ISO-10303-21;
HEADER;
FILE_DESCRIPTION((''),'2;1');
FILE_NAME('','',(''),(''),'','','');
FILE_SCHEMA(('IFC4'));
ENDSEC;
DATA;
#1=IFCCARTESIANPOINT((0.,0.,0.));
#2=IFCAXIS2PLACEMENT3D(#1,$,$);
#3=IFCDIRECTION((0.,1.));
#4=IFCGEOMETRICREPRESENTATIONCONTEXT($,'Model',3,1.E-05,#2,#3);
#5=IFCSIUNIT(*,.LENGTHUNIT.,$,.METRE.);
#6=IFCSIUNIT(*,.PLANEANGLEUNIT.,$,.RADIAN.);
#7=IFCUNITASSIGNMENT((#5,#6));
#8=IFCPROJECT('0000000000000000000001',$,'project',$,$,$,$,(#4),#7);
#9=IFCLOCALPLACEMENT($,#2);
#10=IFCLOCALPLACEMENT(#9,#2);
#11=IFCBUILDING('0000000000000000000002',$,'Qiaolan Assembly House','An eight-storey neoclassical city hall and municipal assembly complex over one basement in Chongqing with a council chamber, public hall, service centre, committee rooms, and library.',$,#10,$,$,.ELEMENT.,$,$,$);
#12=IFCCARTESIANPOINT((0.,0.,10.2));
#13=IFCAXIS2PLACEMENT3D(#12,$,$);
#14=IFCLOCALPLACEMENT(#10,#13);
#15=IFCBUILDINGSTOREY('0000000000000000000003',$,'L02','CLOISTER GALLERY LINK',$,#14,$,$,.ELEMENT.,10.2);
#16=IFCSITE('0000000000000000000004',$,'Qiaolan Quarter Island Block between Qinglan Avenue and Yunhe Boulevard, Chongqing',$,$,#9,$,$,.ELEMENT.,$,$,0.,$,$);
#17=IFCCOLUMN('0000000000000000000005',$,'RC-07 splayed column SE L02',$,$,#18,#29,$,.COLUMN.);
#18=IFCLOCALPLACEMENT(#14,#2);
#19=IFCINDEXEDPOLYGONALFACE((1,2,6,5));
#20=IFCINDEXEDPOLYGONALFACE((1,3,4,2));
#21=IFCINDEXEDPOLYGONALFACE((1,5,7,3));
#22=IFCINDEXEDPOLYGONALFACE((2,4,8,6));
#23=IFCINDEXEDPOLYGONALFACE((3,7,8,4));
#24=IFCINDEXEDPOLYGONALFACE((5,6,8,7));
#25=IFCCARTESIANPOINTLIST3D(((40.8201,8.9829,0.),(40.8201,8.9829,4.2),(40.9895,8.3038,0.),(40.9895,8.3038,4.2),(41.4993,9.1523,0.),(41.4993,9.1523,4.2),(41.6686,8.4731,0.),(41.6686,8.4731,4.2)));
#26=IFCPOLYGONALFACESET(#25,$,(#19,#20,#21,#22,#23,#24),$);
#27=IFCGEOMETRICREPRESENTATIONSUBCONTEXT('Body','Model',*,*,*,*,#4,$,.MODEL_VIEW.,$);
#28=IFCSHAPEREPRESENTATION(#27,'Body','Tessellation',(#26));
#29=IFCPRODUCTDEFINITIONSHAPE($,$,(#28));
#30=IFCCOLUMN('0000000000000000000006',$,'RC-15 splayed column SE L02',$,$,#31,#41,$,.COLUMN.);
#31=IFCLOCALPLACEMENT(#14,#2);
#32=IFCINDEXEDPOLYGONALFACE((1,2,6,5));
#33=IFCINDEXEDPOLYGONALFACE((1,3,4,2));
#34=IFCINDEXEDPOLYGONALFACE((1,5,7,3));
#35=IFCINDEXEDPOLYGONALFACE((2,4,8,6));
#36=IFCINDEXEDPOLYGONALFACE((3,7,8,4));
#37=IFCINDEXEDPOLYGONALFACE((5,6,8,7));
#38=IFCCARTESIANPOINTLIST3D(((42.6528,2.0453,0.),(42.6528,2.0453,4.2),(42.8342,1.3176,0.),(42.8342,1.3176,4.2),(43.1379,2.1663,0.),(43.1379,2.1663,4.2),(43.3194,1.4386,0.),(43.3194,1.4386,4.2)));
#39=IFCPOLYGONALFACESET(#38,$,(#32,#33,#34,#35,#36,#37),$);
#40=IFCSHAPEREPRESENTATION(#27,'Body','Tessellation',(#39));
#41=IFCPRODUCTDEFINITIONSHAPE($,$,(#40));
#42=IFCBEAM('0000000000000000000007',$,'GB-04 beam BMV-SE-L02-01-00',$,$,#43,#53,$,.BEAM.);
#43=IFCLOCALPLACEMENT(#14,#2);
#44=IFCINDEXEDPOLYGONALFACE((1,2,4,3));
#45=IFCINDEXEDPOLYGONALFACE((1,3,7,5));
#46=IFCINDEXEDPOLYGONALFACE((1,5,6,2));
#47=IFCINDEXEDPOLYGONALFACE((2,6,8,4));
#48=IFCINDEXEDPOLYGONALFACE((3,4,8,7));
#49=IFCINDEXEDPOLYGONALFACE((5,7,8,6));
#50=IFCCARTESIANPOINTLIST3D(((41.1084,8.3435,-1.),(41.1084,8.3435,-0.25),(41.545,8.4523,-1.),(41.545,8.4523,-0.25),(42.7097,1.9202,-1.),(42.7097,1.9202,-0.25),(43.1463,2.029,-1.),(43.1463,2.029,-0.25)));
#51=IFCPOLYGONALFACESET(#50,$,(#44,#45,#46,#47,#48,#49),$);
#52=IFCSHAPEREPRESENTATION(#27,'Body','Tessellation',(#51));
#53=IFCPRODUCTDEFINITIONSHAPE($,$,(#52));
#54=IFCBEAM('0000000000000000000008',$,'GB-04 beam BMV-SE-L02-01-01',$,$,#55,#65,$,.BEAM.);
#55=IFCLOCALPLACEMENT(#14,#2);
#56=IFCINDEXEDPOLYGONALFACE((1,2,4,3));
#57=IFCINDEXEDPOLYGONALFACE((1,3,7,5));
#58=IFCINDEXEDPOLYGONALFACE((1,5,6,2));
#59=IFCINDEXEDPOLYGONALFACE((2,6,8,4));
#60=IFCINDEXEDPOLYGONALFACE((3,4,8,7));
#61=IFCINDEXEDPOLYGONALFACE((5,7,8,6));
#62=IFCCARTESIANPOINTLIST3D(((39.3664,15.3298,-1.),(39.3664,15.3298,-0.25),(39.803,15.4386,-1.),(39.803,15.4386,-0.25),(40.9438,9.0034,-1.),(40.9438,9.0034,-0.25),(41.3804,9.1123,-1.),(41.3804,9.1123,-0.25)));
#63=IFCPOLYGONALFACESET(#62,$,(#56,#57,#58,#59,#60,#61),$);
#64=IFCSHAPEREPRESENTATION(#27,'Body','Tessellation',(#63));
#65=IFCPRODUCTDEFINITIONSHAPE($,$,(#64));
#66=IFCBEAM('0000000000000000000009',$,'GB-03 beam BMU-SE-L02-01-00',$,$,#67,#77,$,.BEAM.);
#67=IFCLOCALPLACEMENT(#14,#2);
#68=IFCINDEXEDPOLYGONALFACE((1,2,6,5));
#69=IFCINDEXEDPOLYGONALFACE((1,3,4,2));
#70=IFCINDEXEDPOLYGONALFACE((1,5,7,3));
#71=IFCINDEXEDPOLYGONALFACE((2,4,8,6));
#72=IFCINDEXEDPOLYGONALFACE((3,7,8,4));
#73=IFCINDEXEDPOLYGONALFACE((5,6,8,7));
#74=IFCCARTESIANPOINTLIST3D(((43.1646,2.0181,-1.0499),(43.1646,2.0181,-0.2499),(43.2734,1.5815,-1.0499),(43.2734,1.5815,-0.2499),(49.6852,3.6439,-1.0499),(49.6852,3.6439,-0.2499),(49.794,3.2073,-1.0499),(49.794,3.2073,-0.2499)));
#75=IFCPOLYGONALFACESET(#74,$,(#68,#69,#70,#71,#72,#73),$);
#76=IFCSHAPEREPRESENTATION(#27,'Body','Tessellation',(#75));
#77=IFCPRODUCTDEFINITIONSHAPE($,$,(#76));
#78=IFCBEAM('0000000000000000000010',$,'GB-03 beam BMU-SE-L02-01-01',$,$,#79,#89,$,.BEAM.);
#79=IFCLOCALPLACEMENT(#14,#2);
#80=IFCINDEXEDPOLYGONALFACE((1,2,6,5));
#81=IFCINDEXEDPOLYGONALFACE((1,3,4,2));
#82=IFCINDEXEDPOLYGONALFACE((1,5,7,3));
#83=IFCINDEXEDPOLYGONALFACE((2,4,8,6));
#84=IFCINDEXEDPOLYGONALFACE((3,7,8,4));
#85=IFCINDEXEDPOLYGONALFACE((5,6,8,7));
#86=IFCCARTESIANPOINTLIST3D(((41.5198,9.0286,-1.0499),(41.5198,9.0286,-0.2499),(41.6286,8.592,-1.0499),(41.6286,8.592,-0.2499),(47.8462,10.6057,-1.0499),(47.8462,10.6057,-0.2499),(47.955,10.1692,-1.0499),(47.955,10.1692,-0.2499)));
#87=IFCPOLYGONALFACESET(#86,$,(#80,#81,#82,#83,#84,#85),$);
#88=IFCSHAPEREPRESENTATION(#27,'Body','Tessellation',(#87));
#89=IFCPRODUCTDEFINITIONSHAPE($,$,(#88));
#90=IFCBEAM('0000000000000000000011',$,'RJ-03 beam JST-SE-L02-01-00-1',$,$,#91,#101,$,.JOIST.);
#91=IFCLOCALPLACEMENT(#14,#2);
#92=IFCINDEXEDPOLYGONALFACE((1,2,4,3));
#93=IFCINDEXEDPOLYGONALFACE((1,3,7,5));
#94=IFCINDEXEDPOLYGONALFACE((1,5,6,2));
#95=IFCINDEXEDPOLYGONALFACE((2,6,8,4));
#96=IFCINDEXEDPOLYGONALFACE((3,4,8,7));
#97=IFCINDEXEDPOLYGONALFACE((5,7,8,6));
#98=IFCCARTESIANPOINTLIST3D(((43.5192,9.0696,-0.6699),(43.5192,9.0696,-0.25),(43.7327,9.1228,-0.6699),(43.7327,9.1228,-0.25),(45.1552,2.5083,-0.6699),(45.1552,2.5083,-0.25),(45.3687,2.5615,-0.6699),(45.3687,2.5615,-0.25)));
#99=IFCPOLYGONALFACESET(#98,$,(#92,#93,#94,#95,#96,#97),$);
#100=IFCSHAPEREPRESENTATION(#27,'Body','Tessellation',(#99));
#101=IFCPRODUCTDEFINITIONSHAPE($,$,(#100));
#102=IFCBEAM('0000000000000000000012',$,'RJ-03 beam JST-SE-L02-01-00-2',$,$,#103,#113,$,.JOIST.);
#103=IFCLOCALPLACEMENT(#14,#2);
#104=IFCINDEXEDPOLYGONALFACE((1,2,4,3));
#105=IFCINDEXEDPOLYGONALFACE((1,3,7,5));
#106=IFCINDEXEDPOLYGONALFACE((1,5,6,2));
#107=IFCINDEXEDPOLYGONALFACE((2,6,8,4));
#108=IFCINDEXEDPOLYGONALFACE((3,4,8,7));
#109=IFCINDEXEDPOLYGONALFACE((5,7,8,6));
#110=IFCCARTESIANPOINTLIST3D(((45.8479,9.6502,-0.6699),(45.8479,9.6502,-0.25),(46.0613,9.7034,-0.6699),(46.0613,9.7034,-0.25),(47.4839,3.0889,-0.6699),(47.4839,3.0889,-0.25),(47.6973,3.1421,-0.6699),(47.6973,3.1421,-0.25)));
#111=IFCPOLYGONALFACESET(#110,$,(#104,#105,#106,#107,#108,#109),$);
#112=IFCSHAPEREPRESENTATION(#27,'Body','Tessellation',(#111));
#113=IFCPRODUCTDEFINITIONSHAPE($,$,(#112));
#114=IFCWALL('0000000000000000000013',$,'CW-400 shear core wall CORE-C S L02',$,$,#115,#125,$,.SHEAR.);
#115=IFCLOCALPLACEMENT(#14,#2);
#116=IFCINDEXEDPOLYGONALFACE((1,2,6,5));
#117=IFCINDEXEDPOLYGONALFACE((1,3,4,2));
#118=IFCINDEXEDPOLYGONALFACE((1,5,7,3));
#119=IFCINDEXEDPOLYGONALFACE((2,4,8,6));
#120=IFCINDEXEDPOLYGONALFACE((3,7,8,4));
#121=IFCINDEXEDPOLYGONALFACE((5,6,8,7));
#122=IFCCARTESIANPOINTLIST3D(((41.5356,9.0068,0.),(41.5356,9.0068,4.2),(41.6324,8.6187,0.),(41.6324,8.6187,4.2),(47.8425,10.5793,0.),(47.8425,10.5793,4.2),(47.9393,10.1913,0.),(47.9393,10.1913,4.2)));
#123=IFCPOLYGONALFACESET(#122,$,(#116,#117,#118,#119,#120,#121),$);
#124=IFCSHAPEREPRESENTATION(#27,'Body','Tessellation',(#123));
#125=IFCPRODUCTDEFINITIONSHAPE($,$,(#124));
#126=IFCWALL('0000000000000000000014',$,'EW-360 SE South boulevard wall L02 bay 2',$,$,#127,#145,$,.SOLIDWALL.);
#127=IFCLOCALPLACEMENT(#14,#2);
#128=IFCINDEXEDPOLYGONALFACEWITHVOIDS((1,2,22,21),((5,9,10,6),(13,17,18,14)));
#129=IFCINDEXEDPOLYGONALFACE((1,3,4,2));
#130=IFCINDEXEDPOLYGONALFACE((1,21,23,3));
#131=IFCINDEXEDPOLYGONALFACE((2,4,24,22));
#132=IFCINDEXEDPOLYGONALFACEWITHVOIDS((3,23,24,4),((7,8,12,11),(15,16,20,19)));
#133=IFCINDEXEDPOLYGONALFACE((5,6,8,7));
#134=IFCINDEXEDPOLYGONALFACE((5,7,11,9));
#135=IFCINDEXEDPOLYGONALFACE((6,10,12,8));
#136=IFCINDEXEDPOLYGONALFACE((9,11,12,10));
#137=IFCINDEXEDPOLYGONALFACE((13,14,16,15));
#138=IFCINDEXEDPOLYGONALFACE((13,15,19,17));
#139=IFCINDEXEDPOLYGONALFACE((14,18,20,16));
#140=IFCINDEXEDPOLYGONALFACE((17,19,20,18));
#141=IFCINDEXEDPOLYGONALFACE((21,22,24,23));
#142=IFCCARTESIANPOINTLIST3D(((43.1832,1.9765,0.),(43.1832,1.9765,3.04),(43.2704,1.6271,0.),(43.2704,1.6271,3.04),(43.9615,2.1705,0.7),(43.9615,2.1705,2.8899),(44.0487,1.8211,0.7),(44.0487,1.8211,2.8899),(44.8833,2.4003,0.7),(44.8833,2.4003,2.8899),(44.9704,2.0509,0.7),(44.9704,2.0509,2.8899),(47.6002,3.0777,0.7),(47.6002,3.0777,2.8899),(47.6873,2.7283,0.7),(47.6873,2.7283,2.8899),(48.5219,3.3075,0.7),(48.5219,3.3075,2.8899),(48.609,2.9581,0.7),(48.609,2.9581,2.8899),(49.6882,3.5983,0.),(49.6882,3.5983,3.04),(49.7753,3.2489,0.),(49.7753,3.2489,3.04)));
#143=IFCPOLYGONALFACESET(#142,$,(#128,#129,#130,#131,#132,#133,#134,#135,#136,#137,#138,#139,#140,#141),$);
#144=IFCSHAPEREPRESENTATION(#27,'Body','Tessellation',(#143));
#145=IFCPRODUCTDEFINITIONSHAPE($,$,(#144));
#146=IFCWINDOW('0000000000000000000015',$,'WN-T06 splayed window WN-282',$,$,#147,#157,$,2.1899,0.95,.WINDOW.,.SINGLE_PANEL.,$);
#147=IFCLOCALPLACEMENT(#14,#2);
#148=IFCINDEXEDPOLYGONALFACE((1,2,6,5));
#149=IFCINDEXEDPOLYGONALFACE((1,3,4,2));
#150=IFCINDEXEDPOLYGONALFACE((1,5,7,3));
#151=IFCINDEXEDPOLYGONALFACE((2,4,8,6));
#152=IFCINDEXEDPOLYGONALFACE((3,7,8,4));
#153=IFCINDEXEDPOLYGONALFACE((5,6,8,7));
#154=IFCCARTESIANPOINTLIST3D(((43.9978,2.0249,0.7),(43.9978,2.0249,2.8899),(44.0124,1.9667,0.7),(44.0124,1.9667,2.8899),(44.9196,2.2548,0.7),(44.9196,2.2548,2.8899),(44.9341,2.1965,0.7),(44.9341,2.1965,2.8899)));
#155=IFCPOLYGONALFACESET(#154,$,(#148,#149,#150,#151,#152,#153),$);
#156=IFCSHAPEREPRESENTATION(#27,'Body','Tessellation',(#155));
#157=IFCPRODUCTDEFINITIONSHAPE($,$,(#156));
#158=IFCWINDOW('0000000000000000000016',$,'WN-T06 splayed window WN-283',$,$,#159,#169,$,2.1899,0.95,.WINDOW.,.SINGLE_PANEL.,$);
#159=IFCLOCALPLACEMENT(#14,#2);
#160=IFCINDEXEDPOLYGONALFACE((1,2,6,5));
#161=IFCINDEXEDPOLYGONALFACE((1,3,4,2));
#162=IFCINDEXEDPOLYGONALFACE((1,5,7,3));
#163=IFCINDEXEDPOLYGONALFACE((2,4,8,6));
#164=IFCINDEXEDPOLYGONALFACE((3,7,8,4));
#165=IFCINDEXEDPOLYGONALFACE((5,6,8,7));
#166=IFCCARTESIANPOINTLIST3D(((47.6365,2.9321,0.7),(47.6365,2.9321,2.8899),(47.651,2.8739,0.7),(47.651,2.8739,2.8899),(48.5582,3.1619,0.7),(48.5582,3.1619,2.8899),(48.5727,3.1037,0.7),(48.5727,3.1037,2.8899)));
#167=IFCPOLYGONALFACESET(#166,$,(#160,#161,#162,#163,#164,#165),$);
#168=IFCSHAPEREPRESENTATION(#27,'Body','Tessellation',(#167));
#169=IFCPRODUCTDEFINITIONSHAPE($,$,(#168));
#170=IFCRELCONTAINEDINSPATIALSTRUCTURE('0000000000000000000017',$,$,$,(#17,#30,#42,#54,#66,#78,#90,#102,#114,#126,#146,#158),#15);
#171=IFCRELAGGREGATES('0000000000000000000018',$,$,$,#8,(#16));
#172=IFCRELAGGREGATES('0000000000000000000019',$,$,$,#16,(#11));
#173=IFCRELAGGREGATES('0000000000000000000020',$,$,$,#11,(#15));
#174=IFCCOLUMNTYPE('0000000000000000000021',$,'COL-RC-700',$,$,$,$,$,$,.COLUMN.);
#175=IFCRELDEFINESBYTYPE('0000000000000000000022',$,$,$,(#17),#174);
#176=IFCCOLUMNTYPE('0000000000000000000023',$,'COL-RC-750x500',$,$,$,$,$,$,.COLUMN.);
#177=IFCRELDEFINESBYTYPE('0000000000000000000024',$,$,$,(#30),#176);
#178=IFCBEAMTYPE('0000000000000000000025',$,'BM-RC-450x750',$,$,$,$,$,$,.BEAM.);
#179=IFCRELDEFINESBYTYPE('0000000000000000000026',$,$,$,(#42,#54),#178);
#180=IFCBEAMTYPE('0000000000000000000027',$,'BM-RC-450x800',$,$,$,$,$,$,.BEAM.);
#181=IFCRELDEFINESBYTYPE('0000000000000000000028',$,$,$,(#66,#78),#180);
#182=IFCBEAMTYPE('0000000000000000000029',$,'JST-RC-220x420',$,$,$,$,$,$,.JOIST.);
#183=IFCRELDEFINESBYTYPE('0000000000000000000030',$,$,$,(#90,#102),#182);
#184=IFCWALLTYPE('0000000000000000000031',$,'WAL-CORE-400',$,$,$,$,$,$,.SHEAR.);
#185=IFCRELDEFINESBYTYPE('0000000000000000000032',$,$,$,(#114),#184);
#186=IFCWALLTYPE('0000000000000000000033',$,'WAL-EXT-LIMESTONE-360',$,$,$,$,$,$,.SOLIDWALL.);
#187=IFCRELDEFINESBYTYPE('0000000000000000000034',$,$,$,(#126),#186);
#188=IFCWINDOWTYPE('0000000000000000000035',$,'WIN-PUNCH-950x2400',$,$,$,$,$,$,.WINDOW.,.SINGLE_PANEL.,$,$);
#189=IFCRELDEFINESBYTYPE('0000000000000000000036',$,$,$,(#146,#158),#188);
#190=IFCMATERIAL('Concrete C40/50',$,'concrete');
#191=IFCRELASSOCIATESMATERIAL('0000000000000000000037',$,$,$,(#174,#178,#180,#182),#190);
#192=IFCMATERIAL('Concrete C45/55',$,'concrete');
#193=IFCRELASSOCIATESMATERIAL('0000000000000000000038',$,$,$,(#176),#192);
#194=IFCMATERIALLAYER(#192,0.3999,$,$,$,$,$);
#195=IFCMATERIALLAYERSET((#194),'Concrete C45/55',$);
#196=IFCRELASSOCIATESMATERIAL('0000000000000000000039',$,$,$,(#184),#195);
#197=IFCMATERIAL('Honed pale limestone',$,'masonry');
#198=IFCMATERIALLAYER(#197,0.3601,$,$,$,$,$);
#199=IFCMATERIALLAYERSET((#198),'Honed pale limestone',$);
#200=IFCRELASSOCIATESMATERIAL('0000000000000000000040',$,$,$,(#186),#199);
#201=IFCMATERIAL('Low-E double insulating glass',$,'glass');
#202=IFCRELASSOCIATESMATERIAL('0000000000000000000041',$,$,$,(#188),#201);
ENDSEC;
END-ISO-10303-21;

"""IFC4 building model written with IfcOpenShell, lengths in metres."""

from ifc_helpers import new_model, si_unit, direction, frame, frame_2d, origin, origin_2d, place, context, subcontext, project, spatial, rectangle, extrude, material, layer, layer_set, material_profile, profile_set, type_object, element, fill, save


model = new_model("IFC4")

# Units and contexts
model_context = context("Model", 3, precision=1e-05, world=origin(), true_north=direction((0.0, 1.0)))
body_context = subcontext(model_context, "Body", "Model", "MODEL_VIEW")
ifc_project = project(units=[si_unit("LENGTHUNIT", "METRE"), si_unit("PLANEANGLEUNIT", "RADIAN")], contexts=[model_context])

# Site, building, storey
site_placement = place(None, origin())
site = spatial("IfcSite", under=ifc_project, at=site_placement, Name="Qiaolan Quarter Island Block between Qinglan Avenue and Yunhe Boulevard, Chongqing", CompositionType="ELEMENT", RefElevation=0.0)
building_placement = place(site_placement, origin())
building = spatial("IfcBuilding", under=site, at=building_placement, Name="Qiaolan Assembly House", Description="An eight-storey neoclassical city hall and municipal assembly complex over one basement in Chongqing with a council chamber, public hall, service centre, committee rooms, and library.", CompositionType="ELEMENT")
storey_placement = place(building_placement, frame((0.0, 0.0, 10.2)))
storey = spatial("IfcBuildingStorey", under=building, at=storey_placement, Name="L02", Description="CLOISTER GALLERY LINK", CompositionType="ELEMENT", Elevation=10.2)

# Columns
ifc_material_1 = material(Name="Concrete C40/50", Category="concrete")
ifc_material_profile_1 = material_profile(ifc_material_1, rectangle(XDim=0.7, YDim=0.7, at=origin_2d()), Name="RC 700x700")
ifc_profile_set_1 = profile_set([ifc_material_profile_1], Name="Concrete C40/50")
column_type_1 = type_object("IfcColumnType", Name="COL-RC-700", PredefinedType="COLUMN", material=ifc_profile_set_1)
column_1_placement = place(storey_placement, frame((41.2444, 8.728, 0.0), z_axis=(0.0, 0.0, 1.0), x_axis=(0.970296, 0.241922, 0.0)))
element("IfcColumn", 1, at=column_1_placement, inside=storey, type_object=column_type_1, Name="RC-07 splayed column SE L02", PredefinedType="COLUMN", context=body_context, shape_type="SweptSolid", body=[
    extrude(rectangle(XDim=0.7, YDim=0.7, at=origin_2d()), origin(), (0.0, 0.0, 1.0), 4.2),
])
ifc_material_2 = material(Name="Concrete C45/55", Category="concrete")
ifc_material_profile_2 = material_profile(ifc_material_2, rectangle(XDim=0.5, YDim=0.75, at=origin_2d()), Name="RC 750x500")
ifc_profile_set_2 = profile_set([ifc_material_profile_2], Name="Concrete C45/55")
column_type_2 = type_object("IfcColumnType", Name="COL-RC-750x500", PredefinedType="COLUMN", material=ifc_profile_set_2)
column_2_placement = place(storey_placement, frame((42.9861, 1.7419, 0.0), z_axis=(0.0, 0.0, 1.0), x_axis=(0.970296, 0.241922, 0.0)))
element("IfcColumn", 2, at=column_2_placement, inside=storey, type_object=column_type_2, Name="RC-15 splayed column SE L02", PredefinedType="COLUMN", context=body_context, shape_type="SweptSolid", body=[
    extrude(rectangle(XDim=0.5, YDim=0.75, at=origin_2d()), origin(), (0.0, 0.0, 1.0), 4.2),
])

# Beams
ifc_material_profile_3 = material_profile(ifc_material_1, rectangle(XDim=0.45, YDim=0.75, at=origin_2d()), Name="RCB 450x750")
ifc_profile_set_3 = profile_set([ifc_material_profile_3], Name="Concrete C40/50")
beam_type_1 = type_object("IfcBeamType", Name="BM-RC-450x750", PredefinedType="BEAM", material=ifc_profile_set_3)
beam_1_placement = place(storey_placement, frame((42.928, 1.9746, -0.625), z_axis=(-0.241893, 0.970303, 0.0), x_axis=(-0.970303, -0.241893, 0.0)))
element("IfcBeam", 3, at=beam_1_placement, inside=storey, type_object=beam_type_1, Name="GB-04 beam BMV-SE-L02-01-00", PredefinedType="BEAM", context=body_context, shape_type="SweptSolid", body=[
    extrude(rectangle(XDim=0.45, YDim=0.75, at=origin_2d()), origin(), (0.0, 0.0, 1.0), 6.6199),
])
beam_2_placement = place(storey_placement, frame((41.1621, 9.0579, -0.625), z_axis=(-0.241928, 0.970294, 0.0), x_axis=(-0.970294, -0.241928, 0.0)))
element("IfcBeam", 4, at=beam_2_placement, inside=storey, type_object=beam_type_1, Name="GB-04 beam BMV-SE-L02-01-01", PredefinedType="BEAM", context=body_context, shape_type="SweptSolid", body=[
    extrude(rectangle(XDim=0.45, YDim=0.75, at=origin_2d()), origin(), (0.0, 0.0, 1.0), 6.52),
])
ifc_material_profile_4 = material_profile(ifc_material_1, rectangle(XDim=0.45, YDim=0.8, at=origin_2d()), Name="RCB 450x800")
ifc_profile_set_4 = profile_set([ifc_material_profile_4], Name="Concrete C40/50")
beam_type_2 = type_object("IfcBeamType", Name="BM-RC-450x800", PredefinedType="BEAM", material=ifc_profile_set_4)
beam_3_placement = place(storey_placement, frame((43.219, 1.7998, -0.6499), z_axis=(0.970296, 0.24192, 0.0), x_axis=(-0.24192, 0.970296, 0.0)))
element("IfcBeam", 5, at=beam_3_placement, inside=storey, type_object=beam_type_2, Name="GB-03 beam BMU-SE-L02-01-00", PredefinedType="BEAM", context=body_context, shape_type="SweptSolid", body=[
    extrude(rectangle(XDim=0.45, YDim=0.8, at=origin_2d()), origin(), (0.0, 0.0, 1.0), 6.7202),
])
beam_4_placement = place(storey_placement, frame((41.5742, 8.8103, -0.6499), z_axis=(0.970303, 0.241892, 0.0), x_axis=(-0.241892, 0.970303, 0.0)))
element("IfcBeam", 6, at=beam_4_placement, inside=storey, type_object=beam_type_2, Name="GB-03 beam BMU-SE-L02-01-01", PredefinedType="BEAM", context=body_context, shape_type="SweptSolid", body=[
    extrude(rectangle(XDim=0.45, YDim=0.8, at=origin_2d()), origin(), (0.0, 0.0, 1.0), 6.52),
])
ifc_material_profile_5 = material_profile(ifc_material_1, rectangle(XDim=0.22, YDim=0.4199, at=origin_2d()), Name="RCB 220x420")
ifc_profile_set_5 = profile_set([ifc_material_profile_5], Name="Concrete C40/50")
beam_type_3 = type_object("IfcBeamType", Name="JST-RC-220x420", PredefinedType="JOIST", material=ifc_profile_set_5)
for number, where, z_axis, x_axis, name in (
    (7, (45.262, 2.5349, -0.46), (-0.241932, 0.970293, 0.0), (-0.970293, -0.241932, 0.0), "RJ-03 beam JST-SE-L02-01-00-1"),
    (8, (47.5906, 3.1155, -0.46), (-0.241932, 0.970293, 0.0), (-0.970293, -0.241932, 0.0), "RJ-03 beam JST-SE-L02-01-00-2"),
):
    element("IfcBeam", number, at=place(storey_placement, frame(where, z_axis=z_axis, x_axis=x_axis)), inside=storey, type_object=beam_type_3, Name=name, PredefinedType="JOIST", context=body_context, shape_type="SweptSolid", body=[
        extrude(rectangle(XDim=0.22, YDim=0.4199, at=origin_2d()), origin(), (0.0, 0.0, 1.0), 6.7622),
    ])

# Wall
ifc_layer_1 = layer(ifc_material_2, 0.3999)
ifc_layer_set_1 = layer_set([ifc_layer_1], Name="Concrete C45/55")
wall_type_1 = type_object("IfcWallType", Name="WAL-CORE-400", PredefinedType="SHEAR", material=ifc_layer_set_1)
wall_1_placement = place(storey_placement, frame((41.584, 8.8127, 0.0), z_axis=(0.0, 0.0, 1.0), x_axis=(0.970295, 0.241926, 0.0)))
element("IfcWall", 9, at=wall_1_placement, inside=storey, type_object=wall_type_1, Name="CW-400 shear core wall CORE-C S L02", PredefinedType="SHEAR", context=body_context, shape_type="SweptSolid", body=[
    extrude(rectangle(XDim=6.5, YDim=0.3999, at=frame_2d((3.25, 0.0))), origin(), (0.0, 0.0, 1.0), 4.2),
])

# Wall, openings, windows
ifc_material_3 = material(Name="Honed pale limestone", Category="masonry")
ifc_layer_2 = layer(ifc_material_3, 0.3601)
ifc_layer_set_2 = layer_set([ifc_layer_2], Name="Honed pale limestone")
wall_type_2 = type_object("IfcWallType", Name="WAL-EXT-LIMESTONE-360", PredefinedType="SOLIDWALL", material=ifc_layer_set_2)
wall_2_placement = place(storey_placement, frame((43.2268, 1.8018, 0.0), z_axis=(0.0, 0.0, 1.0), x_axis=(0.970297, 0.241919, 0.0)))
wall_2 = element("IfcWall", 10, at=wall_2_placement, inside=storey, type_object=wall_type_2, Name="EW-360 SE South boulevard wall L02 bay 2", PredefinedType="SOLIDWALL", context=body_context, shape_type="SweptSolid", body=[
    extrude(rectangle(XDim=6.7041, YDim=0.3601, at=frame_2d((3.3521, 0.0))), origin(), (0.0, 0.0, 1.0), 3.04),
])
opening_1_placement = place(wall_2_placement, frame((0.802, 0.0, 0.7)))
opening_1 = element("IfcOpeningElement", 11, at=opening_1_placement, cuts=wall_2, PredefinedType="OPENING", context=body_context, shape_type="SweptSolid", body=[
    extrude(rectangle(XDim=0.95, YDim=2.1899, at=frame_2d((0.4751, 1.095))), frame((0.0, 0.1899, 0.0), z_axis=(0.0, -1.0, 0.0), x_axis=(1.0, 0.0, 0.0)), (0.0, 0.0, 1.0), 0.3801),
])
opening_2_placement = place(wall_2_placement, frame((4.552, 0.0, 0.7)))
opening_2 = element("IfcOpeningElement", 12, at=opening_2_placement, cuts=wall_2, PredefinedType="OPENING", context=body_context, shape_type="SweptSolid", body=[
    extrude(rectangle(XDim=0.95, YDim=2.1899, at=frame_2d((0.4751, 1.095))), frame((0.0, 0.1899, 0.0), z_axis=(0.0, -1.0, 0.0), x_axis=(1.0, 0.0, 0.0)), (0.0, 0.0, 1.0), 0.3801),
])
ifc_material_4 = material(Name="Low-E double insulating glass", Category="glass")
window_type = type_object("IfcWindowType", Name="WIN-PUNCH-950x2400", PartitioningType="SINGLE_PANEL", PredefinedType="WINDOW", material=ifc_material_4)
window_1_placement = place(opening_1_placement, origin())
window_1 = element("IfcWindow", 13, at=window_1_placement, inside=storey, type_object=window_type, Name="WN-T06 splayed window WN-282", OverallHeight=2.1899, OverallWidth=0.95, PartitioningType="SINGLE_PANEL", PredefinedType="WINDOW", context=body_context, shape_type="SweptSolid", body=[
    extrude(rectangle(XDim=0.95, YDim=2.1899, at=frame_2d((0.4751, 1.095))), frame((0.0, 0.03, 0.0), z_axis=(0.0, -1.0, 0.0), x_axis=(1.0, 0.0, 0.0)), (0.0, 0.0, 1.0), 0.0601),
])
fill(opening_1, window_1)
window_2_placement = place(opening_2_placement, origin())
window_2 = element("IfcWindow", 14, at=window_2_placement, inside=storey, type_object=window_type, Name="WN-T06 splayed window WN-283", OverallHeight=2.1899, OverallWidth=0.95, PartitioningType="SINGLE_PANEL", PredefinedType="WINDOW", context=body_context, shape_type="SweptSolid", body=[
    extrude(rectangle(XDim=0.95, YDim=2.1899, at=frame_2d((0.4751, 1.095))), frame((0.0, 0.03, 0.0), z_axis=(0.0, -1.0, 0.0), x_axis=(1.0, 0.0, 0.0)), (0.0, 0.0, 1.0), 0.0601),
])
fill(opening_2, window_2)

save(model, "model.ifc")
